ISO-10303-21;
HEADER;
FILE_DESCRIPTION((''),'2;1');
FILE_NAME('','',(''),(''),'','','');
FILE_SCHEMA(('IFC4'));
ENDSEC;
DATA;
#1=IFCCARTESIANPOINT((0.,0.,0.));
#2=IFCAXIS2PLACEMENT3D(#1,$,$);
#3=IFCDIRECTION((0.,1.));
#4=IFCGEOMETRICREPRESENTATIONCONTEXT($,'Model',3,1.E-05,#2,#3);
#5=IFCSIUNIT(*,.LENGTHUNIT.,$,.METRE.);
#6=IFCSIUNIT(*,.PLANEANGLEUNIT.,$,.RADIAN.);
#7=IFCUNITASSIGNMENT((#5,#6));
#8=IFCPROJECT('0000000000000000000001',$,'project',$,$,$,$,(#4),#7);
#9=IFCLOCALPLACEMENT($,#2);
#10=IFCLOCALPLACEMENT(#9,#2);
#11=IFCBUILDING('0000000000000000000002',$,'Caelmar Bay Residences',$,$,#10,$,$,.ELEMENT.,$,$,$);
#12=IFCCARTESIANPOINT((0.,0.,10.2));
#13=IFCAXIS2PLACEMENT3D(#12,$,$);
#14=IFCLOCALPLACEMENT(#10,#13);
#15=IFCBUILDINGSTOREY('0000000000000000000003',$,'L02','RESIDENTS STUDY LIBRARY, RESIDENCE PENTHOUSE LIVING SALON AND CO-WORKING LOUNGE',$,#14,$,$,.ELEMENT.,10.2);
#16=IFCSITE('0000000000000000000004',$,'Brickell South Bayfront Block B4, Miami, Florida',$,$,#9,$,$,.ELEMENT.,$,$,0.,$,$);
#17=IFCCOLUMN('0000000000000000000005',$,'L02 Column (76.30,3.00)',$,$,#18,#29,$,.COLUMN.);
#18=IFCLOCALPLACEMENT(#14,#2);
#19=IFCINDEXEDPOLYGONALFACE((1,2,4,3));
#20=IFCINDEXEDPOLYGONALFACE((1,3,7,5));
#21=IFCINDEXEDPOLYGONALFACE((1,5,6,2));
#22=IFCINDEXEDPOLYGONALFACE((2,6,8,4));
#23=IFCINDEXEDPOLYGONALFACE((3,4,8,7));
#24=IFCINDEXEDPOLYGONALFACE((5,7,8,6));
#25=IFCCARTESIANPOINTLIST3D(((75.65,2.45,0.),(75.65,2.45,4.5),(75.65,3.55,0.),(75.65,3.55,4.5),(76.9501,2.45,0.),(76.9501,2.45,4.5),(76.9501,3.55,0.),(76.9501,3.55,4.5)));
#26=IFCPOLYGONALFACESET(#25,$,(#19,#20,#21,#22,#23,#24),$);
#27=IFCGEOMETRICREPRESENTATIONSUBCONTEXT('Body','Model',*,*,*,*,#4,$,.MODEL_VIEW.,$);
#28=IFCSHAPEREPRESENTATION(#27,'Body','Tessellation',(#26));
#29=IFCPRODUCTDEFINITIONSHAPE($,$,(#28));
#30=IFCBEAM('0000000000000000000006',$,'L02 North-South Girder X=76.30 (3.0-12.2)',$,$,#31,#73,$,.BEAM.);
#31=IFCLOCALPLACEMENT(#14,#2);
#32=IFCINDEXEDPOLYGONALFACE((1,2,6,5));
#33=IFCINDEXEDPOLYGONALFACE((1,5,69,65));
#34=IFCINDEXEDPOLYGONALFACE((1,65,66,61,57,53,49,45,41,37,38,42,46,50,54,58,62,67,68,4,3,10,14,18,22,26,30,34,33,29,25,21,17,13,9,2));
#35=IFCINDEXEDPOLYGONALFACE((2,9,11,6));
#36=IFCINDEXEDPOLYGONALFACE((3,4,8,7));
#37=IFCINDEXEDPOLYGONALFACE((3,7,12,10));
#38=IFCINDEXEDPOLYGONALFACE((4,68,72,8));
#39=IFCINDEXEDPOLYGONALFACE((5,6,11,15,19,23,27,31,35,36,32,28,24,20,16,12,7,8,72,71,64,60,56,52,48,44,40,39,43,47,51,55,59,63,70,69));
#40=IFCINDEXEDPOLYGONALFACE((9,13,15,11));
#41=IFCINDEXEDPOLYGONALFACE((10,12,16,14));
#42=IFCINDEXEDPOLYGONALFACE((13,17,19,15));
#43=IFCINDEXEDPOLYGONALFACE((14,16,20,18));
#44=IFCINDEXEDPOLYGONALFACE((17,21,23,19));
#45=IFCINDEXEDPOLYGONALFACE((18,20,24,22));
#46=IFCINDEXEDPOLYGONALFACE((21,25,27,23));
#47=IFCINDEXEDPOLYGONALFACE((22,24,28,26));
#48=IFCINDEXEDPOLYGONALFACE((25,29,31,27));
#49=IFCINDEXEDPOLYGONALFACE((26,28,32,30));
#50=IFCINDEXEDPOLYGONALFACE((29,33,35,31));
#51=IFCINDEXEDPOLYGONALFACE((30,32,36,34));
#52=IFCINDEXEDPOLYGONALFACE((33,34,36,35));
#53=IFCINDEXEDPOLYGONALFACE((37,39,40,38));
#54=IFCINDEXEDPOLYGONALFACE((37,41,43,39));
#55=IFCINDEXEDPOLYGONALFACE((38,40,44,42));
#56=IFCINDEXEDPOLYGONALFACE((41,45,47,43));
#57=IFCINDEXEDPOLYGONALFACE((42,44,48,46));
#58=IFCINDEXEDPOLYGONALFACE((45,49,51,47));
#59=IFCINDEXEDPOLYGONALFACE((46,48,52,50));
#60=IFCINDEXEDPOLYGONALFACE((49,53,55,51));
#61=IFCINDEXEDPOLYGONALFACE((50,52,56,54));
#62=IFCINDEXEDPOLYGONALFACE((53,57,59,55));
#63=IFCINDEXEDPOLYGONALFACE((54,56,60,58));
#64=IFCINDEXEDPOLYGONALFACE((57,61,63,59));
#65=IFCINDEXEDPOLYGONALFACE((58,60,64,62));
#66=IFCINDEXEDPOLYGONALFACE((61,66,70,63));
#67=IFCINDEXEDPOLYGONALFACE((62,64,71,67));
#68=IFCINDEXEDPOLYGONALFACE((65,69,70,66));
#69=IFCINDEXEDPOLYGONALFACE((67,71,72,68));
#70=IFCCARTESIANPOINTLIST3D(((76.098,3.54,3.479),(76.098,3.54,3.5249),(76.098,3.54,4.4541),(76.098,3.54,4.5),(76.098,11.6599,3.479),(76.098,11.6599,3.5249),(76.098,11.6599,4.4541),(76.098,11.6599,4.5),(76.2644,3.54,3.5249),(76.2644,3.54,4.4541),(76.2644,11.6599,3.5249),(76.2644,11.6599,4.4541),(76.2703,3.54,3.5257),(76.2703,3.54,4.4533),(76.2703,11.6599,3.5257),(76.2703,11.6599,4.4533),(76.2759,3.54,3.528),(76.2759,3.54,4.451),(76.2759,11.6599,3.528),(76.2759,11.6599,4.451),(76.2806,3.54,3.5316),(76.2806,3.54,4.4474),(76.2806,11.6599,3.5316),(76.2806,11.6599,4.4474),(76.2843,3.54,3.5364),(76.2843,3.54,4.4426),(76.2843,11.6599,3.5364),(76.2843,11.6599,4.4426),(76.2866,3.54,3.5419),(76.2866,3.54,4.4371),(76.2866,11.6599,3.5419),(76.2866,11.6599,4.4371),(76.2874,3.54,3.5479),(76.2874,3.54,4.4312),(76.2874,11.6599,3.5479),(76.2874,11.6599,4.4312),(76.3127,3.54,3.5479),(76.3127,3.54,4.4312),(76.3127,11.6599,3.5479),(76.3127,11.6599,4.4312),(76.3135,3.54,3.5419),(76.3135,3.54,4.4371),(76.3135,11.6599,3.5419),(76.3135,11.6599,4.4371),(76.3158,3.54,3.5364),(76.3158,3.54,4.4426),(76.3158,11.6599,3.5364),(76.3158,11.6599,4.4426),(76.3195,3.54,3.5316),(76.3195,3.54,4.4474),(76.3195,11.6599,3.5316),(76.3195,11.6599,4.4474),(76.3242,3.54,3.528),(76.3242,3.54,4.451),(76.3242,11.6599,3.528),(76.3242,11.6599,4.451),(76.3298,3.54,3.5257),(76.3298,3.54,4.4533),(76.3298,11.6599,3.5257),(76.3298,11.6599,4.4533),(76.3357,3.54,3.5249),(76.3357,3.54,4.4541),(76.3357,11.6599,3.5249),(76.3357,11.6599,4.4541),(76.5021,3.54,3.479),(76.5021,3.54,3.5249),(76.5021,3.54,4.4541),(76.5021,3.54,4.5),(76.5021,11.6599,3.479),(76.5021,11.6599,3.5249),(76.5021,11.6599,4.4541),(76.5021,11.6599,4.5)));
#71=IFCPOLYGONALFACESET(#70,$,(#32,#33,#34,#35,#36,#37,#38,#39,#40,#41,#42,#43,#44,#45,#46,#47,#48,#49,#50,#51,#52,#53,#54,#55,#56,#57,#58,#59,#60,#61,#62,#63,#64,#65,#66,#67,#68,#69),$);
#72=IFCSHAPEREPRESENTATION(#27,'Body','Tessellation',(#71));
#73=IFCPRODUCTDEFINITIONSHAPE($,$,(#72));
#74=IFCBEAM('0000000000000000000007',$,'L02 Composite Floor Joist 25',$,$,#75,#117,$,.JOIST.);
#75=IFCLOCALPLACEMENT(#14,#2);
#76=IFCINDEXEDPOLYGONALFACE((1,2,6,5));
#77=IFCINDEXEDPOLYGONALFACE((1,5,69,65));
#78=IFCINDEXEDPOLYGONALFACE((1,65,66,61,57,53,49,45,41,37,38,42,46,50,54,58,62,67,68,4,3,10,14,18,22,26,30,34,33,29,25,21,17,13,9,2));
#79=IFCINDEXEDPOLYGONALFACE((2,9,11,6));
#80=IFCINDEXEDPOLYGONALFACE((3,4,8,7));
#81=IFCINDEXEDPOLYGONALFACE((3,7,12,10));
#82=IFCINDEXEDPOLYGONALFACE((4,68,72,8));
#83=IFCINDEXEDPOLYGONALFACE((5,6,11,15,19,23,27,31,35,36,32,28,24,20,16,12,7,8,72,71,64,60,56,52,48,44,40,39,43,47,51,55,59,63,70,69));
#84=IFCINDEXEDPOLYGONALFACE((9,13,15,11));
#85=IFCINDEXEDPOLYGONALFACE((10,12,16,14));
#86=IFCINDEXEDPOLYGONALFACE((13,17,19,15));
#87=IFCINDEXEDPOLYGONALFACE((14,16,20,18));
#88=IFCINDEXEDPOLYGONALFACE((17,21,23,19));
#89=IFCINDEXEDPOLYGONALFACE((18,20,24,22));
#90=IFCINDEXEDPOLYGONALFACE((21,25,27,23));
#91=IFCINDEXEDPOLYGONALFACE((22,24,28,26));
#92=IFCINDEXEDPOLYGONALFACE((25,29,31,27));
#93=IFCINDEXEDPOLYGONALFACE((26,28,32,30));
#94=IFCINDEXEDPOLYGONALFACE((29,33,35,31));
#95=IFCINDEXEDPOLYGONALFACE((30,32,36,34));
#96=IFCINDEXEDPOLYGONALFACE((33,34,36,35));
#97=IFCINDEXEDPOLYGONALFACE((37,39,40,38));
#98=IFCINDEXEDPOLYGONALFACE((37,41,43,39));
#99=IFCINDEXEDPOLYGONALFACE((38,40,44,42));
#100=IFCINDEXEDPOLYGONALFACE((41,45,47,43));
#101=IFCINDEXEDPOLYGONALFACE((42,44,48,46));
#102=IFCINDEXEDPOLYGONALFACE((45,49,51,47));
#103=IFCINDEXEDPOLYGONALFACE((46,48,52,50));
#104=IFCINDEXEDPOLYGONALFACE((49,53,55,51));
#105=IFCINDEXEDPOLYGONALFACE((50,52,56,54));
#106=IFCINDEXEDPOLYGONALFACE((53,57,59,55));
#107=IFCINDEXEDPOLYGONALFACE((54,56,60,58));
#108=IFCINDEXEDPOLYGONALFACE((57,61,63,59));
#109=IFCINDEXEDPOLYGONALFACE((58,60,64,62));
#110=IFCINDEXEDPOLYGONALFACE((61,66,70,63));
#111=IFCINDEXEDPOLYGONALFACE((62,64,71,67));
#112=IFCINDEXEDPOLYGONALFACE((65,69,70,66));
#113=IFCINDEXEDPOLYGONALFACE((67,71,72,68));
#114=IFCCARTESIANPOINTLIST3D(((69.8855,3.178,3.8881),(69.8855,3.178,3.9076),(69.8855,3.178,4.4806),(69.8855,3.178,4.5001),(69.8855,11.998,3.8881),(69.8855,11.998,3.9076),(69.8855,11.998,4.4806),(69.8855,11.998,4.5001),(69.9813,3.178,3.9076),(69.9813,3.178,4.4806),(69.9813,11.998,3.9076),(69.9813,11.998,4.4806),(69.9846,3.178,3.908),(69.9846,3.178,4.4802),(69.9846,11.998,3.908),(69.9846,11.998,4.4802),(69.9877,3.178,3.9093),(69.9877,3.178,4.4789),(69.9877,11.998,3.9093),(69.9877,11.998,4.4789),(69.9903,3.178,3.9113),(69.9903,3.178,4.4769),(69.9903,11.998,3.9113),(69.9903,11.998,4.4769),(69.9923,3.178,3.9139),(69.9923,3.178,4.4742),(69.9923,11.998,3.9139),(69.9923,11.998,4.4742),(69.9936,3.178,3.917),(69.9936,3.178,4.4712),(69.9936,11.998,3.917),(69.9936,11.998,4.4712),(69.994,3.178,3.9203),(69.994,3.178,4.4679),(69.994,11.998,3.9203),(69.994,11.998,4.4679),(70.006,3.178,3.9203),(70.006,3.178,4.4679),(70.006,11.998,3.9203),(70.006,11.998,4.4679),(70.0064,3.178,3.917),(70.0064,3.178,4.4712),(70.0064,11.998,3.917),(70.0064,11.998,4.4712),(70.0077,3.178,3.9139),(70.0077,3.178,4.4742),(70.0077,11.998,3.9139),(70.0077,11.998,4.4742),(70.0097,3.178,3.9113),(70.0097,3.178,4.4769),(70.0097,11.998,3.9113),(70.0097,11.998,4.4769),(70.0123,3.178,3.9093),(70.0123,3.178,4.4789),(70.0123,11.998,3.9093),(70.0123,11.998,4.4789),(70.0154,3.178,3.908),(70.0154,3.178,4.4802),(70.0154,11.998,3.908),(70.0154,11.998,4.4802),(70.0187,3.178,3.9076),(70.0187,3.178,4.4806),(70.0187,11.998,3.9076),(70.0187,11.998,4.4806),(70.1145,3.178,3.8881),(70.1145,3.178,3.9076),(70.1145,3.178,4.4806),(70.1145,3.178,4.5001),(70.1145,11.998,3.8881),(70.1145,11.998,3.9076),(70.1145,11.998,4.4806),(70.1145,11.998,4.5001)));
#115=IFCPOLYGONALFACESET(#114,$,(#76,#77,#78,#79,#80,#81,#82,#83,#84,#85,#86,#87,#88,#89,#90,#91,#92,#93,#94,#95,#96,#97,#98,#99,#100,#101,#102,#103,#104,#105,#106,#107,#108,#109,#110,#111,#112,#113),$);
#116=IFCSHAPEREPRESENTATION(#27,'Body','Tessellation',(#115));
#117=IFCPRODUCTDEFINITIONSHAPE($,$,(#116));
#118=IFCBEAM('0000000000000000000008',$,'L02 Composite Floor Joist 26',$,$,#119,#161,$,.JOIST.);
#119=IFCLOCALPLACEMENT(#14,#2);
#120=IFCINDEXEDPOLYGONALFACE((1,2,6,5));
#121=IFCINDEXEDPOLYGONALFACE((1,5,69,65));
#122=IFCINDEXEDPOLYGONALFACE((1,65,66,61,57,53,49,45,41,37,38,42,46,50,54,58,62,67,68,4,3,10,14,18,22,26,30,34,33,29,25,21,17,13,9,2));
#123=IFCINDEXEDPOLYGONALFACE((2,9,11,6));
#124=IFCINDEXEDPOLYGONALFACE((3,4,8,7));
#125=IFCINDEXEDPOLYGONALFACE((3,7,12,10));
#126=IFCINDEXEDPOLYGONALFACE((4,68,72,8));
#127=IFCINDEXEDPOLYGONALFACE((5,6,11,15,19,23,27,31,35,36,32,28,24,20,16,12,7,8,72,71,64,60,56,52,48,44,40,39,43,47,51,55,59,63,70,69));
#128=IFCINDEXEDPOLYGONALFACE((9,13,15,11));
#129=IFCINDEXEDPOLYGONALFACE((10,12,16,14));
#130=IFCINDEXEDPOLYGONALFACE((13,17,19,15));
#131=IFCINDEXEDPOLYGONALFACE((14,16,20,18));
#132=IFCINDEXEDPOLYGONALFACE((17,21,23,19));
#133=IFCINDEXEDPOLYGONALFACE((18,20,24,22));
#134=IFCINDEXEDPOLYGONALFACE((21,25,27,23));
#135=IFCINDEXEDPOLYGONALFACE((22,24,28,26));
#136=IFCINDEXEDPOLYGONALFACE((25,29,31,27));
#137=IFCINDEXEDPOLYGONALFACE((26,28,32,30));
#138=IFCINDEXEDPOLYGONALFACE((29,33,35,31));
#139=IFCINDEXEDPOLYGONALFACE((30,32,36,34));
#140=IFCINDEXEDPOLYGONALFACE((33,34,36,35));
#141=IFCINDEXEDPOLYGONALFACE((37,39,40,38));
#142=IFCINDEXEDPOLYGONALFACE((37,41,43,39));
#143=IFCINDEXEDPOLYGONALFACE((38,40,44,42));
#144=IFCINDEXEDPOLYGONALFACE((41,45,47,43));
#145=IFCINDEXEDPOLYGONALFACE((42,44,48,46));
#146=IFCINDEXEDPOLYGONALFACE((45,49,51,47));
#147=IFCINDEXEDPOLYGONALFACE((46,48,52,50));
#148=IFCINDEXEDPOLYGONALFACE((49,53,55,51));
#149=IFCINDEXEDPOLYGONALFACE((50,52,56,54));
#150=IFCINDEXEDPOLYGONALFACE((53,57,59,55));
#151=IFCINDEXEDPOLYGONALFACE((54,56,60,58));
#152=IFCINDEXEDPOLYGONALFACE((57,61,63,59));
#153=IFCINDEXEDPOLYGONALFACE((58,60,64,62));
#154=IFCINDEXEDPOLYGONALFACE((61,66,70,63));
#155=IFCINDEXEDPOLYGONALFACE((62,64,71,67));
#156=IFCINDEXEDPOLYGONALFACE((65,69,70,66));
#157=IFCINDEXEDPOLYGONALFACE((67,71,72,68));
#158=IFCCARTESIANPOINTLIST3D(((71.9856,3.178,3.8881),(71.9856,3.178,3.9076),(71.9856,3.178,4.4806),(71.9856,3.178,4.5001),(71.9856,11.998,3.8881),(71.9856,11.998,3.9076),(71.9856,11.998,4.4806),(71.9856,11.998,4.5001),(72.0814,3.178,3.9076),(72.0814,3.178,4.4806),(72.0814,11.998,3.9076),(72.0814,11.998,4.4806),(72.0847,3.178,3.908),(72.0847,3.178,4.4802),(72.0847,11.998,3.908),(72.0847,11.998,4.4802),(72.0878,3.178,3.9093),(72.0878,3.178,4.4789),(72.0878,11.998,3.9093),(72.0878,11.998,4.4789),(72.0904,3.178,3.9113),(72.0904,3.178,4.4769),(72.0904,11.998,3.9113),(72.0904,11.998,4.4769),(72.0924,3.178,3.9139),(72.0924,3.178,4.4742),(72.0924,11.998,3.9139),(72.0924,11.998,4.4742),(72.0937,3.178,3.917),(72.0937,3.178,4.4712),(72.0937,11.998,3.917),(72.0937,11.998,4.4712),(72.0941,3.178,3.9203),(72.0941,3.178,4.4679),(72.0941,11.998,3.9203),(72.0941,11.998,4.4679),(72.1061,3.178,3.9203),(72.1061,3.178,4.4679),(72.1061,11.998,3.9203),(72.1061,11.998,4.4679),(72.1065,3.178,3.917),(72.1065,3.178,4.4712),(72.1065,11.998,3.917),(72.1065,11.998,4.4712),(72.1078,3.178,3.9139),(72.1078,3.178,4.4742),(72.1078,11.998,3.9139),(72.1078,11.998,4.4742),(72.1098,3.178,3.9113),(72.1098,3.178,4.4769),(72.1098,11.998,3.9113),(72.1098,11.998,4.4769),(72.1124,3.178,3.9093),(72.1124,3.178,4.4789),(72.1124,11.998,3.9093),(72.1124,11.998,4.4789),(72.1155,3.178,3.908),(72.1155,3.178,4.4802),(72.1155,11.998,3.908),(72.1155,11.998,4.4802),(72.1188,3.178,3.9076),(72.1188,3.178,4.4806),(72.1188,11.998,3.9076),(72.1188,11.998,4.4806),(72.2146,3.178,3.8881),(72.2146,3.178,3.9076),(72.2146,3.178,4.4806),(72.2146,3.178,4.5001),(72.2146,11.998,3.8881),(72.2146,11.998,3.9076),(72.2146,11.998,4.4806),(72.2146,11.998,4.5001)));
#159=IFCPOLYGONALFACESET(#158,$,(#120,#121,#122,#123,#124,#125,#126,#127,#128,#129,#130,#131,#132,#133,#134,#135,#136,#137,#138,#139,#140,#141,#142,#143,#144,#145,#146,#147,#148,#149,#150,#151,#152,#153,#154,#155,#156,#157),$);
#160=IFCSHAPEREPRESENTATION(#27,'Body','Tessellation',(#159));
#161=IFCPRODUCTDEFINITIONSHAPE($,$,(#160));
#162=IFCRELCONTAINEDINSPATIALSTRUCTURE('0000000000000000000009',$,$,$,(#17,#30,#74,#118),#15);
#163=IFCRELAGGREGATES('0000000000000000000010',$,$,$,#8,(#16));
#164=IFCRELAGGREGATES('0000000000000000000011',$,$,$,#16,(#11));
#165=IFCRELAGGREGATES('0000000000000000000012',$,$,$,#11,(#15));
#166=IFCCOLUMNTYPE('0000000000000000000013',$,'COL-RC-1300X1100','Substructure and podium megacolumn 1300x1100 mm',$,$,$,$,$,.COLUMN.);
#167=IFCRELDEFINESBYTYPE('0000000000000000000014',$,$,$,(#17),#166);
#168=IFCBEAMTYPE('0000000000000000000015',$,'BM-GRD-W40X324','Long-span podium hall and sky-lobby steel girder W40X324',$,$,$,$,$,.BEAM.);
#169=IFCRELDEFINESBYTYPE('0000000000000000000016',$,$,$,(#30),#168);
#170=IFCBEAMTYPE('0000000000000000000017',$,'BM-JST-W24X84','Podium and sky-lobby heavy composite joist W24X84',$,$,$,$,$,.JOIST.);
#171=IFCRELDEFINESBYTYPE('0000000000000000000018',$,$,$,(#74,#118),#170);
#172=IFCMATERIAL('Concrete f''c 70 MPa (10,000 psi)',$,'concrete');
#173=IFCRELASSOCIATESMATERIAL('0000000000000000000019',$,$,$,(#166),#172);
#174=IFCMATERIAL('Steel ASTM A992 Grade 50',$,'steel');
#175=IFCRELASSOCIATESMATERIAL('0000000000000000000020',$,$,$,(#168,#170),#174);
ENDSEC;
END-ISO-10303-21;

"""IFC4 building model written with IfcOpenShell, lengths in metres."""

from ifc_helpers import new_model, si_unit, direction, frame, origin, origin_2d, place, context, subcontext, project, spatial, rectangle, i_section, extrude, material, material_profile, profile_set, type_object, element, save


model = new_model("IFC4")

# Units and contexts
model_context = context("Model", 3, precision=1e-05, world=origin(), true_north=direction((0.0, 1.0)))
body_context = subcontext(model_context, "Body", "Model", "MODEL_VIEW")
ifc_project = project(units=[si_unit("LENGTHUNIT", "METRE"), si_unit("PLANEANGLEUNIT", "RADIAN")], contexts=[model_context])

# Site, building, storey
site_placement = place(None, origin())
site = spatial("IfcSite", under=ifc_project, at=site_placement, Name="Brickell South Bayfront Block B4, Miami, Florida", CompositionType="ELEMENT", RefElevation=0.0)
building_placement = place(site_placement, origin())
building = spatial("IfcBuilding", under=site, at=building_placement, Name="Caelmar Bay Residences", CompositionType="ELEMENT")
storey_placement = place(building_placement, frame((0.0, 0.0, 10.2)))
storey = spatial("IfcBuildingStorey", under=building, at=storey_placement, Name="L02", Description="RESIDENTS STUDY LIBRARY, RESIDENCE PENTHOUSE LIVING SALON AND CO-WORKING LOUNGE", CompositionType="ELEMENT", Elevation=10.2)

# Column
ifc_material_1 = material(Name="Concrete f'c 70 MPa (10,000 psi)", Category="concrete")
ifc_material_profile_1 = material_profile(ifc_material_1, rectangle(XDim=1.3, YDim=1.1001, at=origin_2d()), Name="RC-COL-1300X1100")
ifc_profile_set_1 = profile_set([ifc_material_profile_1], Name="Concrete f'c 70 MPa (10,000 psi)")
column_type = type_object("IfcColumnType", Name="COL-RC-1300X1100", Description="Substructure and podium megacolumn 1300x1100 mm", PredefinedType="COLUMN", material=ifc_profile_set_1)
column_placement = place(storey_placement, frame((76.3, 3.0, 0.0), z_axis=(0.0, 0.0, 1.0), x_axis=(1.0, 0.0, 0.0)))
element("IfcColumn", 1, at=column_placement, inside=storey, type_object=column_type, Name="L02 Column (76.30,3.00)", PredefinedType="COLUMN", context=body_context, shape_type="SweptSolid", body=[
    extrude(rectangle(XDim=1.3, YDim=1.1001, at=origin_2d()), origin(), (0.0, 0.0, 1.0), 4.5),
])

# Beams
ifc_material_2 = material(Name="Steel ASTM A992 Grade 50", Category="steel")
ifc_material_profile_2 = material_profile(ifc_material_2, i_section(OverallWidth=0.4041, OverallDepth=1.021, WebThickness=0.0254, FlangeThickness=0.0459, FilletRadius=0.0229, at=origin_2d()), Name="W40X324")
ifc_profile_set_2 = profile_set([ifc_material_profile_2], Name="Steel ASTM A992 Grade 50")
beam_type_1 = type_object("IfcBeamType", Name="BM-GRD-W40X324", Description="Long-span podium hall and sky-lobby steel girder W40X324", PredefinedType="BEAM", material=ifc_profile_set_2)
beam_placement = place(storey_placement, frame((76.3, 3.54, 3.9895), z_axis=(0.0, 1.0, 0.0), x_axis=(-1.0, 0.0, 0.0)))
element("IfcBeam", 2, at=beam_placement, inside=storey, type_object=beam_type_1, Name="L02 North-South Girder X=76.30 (3.0-12.2)", PredefinedType="BEAM", context=body_context, shape_type="SweptSolid", body=[
    extrude(i_section(OverallWidth=0.4041, OverallDepth=1.021, WebThickness=0.0254, FlangeThickness=0.0459, FilletRadius=0.0229, at=origin_2d()), origin(), (0.0, 0.0, 1.0), 8.1199),
])
ifc_material_profile_3 = material_profile(ifc_material_2, i_section(OverallWidth=0.229, OverallDepth=0.6121, WebThickness=0.012, FlangeThickness=0.0195, FilletRadius=0.0127, at=origin_2d()), Name="W24X84")
ifc_profile_set_3 = profile_set([ifc_material_profile_3], Name="Steel ASTM A992 Grade 50")
beam_type_2 = type_object("IfcBeamType", Name="BM-JST-W24X84", Description="Podium and sky-lobby heavy composite joist W24X84", PredefinedType="JOIST", material=ifc_profile_set_3)
for number, where, z_axis, x_axis, name in (
    (3, (70.0, 3.178, 4.1941), (0.0, 1.0, 0.0), (-1.0, 0.0, 0.0), "L02 Composite Floor Joist 25"),
    (4, (72.1001, 3.178, 4.1941), (0.0, 1.0, 0.0), (-1.0, 0.0, 0.0), "L02 Composite Floor Joist 26"),
):
    element("IfcBeam", number, at=place(storey_placement, frame(where, z_axis=z_axis, x_axis=x_axis)), inside=storey, type_object=beam_type_2, Name=name, PredefinedType="JOIST", context=body_context, shape_type="SweptSolid", body=[
        extrude(i_section(OverallWidth=0.229, OverallDepth=0.6121, WebThickness=0.012, FlangeThickness=0.0195, FilletRadius=0.0127, at=origin_2d()), origin(), (0.0, 0.0, 1.0), 8.8201),
    ])

save(model, "model.ifc")
